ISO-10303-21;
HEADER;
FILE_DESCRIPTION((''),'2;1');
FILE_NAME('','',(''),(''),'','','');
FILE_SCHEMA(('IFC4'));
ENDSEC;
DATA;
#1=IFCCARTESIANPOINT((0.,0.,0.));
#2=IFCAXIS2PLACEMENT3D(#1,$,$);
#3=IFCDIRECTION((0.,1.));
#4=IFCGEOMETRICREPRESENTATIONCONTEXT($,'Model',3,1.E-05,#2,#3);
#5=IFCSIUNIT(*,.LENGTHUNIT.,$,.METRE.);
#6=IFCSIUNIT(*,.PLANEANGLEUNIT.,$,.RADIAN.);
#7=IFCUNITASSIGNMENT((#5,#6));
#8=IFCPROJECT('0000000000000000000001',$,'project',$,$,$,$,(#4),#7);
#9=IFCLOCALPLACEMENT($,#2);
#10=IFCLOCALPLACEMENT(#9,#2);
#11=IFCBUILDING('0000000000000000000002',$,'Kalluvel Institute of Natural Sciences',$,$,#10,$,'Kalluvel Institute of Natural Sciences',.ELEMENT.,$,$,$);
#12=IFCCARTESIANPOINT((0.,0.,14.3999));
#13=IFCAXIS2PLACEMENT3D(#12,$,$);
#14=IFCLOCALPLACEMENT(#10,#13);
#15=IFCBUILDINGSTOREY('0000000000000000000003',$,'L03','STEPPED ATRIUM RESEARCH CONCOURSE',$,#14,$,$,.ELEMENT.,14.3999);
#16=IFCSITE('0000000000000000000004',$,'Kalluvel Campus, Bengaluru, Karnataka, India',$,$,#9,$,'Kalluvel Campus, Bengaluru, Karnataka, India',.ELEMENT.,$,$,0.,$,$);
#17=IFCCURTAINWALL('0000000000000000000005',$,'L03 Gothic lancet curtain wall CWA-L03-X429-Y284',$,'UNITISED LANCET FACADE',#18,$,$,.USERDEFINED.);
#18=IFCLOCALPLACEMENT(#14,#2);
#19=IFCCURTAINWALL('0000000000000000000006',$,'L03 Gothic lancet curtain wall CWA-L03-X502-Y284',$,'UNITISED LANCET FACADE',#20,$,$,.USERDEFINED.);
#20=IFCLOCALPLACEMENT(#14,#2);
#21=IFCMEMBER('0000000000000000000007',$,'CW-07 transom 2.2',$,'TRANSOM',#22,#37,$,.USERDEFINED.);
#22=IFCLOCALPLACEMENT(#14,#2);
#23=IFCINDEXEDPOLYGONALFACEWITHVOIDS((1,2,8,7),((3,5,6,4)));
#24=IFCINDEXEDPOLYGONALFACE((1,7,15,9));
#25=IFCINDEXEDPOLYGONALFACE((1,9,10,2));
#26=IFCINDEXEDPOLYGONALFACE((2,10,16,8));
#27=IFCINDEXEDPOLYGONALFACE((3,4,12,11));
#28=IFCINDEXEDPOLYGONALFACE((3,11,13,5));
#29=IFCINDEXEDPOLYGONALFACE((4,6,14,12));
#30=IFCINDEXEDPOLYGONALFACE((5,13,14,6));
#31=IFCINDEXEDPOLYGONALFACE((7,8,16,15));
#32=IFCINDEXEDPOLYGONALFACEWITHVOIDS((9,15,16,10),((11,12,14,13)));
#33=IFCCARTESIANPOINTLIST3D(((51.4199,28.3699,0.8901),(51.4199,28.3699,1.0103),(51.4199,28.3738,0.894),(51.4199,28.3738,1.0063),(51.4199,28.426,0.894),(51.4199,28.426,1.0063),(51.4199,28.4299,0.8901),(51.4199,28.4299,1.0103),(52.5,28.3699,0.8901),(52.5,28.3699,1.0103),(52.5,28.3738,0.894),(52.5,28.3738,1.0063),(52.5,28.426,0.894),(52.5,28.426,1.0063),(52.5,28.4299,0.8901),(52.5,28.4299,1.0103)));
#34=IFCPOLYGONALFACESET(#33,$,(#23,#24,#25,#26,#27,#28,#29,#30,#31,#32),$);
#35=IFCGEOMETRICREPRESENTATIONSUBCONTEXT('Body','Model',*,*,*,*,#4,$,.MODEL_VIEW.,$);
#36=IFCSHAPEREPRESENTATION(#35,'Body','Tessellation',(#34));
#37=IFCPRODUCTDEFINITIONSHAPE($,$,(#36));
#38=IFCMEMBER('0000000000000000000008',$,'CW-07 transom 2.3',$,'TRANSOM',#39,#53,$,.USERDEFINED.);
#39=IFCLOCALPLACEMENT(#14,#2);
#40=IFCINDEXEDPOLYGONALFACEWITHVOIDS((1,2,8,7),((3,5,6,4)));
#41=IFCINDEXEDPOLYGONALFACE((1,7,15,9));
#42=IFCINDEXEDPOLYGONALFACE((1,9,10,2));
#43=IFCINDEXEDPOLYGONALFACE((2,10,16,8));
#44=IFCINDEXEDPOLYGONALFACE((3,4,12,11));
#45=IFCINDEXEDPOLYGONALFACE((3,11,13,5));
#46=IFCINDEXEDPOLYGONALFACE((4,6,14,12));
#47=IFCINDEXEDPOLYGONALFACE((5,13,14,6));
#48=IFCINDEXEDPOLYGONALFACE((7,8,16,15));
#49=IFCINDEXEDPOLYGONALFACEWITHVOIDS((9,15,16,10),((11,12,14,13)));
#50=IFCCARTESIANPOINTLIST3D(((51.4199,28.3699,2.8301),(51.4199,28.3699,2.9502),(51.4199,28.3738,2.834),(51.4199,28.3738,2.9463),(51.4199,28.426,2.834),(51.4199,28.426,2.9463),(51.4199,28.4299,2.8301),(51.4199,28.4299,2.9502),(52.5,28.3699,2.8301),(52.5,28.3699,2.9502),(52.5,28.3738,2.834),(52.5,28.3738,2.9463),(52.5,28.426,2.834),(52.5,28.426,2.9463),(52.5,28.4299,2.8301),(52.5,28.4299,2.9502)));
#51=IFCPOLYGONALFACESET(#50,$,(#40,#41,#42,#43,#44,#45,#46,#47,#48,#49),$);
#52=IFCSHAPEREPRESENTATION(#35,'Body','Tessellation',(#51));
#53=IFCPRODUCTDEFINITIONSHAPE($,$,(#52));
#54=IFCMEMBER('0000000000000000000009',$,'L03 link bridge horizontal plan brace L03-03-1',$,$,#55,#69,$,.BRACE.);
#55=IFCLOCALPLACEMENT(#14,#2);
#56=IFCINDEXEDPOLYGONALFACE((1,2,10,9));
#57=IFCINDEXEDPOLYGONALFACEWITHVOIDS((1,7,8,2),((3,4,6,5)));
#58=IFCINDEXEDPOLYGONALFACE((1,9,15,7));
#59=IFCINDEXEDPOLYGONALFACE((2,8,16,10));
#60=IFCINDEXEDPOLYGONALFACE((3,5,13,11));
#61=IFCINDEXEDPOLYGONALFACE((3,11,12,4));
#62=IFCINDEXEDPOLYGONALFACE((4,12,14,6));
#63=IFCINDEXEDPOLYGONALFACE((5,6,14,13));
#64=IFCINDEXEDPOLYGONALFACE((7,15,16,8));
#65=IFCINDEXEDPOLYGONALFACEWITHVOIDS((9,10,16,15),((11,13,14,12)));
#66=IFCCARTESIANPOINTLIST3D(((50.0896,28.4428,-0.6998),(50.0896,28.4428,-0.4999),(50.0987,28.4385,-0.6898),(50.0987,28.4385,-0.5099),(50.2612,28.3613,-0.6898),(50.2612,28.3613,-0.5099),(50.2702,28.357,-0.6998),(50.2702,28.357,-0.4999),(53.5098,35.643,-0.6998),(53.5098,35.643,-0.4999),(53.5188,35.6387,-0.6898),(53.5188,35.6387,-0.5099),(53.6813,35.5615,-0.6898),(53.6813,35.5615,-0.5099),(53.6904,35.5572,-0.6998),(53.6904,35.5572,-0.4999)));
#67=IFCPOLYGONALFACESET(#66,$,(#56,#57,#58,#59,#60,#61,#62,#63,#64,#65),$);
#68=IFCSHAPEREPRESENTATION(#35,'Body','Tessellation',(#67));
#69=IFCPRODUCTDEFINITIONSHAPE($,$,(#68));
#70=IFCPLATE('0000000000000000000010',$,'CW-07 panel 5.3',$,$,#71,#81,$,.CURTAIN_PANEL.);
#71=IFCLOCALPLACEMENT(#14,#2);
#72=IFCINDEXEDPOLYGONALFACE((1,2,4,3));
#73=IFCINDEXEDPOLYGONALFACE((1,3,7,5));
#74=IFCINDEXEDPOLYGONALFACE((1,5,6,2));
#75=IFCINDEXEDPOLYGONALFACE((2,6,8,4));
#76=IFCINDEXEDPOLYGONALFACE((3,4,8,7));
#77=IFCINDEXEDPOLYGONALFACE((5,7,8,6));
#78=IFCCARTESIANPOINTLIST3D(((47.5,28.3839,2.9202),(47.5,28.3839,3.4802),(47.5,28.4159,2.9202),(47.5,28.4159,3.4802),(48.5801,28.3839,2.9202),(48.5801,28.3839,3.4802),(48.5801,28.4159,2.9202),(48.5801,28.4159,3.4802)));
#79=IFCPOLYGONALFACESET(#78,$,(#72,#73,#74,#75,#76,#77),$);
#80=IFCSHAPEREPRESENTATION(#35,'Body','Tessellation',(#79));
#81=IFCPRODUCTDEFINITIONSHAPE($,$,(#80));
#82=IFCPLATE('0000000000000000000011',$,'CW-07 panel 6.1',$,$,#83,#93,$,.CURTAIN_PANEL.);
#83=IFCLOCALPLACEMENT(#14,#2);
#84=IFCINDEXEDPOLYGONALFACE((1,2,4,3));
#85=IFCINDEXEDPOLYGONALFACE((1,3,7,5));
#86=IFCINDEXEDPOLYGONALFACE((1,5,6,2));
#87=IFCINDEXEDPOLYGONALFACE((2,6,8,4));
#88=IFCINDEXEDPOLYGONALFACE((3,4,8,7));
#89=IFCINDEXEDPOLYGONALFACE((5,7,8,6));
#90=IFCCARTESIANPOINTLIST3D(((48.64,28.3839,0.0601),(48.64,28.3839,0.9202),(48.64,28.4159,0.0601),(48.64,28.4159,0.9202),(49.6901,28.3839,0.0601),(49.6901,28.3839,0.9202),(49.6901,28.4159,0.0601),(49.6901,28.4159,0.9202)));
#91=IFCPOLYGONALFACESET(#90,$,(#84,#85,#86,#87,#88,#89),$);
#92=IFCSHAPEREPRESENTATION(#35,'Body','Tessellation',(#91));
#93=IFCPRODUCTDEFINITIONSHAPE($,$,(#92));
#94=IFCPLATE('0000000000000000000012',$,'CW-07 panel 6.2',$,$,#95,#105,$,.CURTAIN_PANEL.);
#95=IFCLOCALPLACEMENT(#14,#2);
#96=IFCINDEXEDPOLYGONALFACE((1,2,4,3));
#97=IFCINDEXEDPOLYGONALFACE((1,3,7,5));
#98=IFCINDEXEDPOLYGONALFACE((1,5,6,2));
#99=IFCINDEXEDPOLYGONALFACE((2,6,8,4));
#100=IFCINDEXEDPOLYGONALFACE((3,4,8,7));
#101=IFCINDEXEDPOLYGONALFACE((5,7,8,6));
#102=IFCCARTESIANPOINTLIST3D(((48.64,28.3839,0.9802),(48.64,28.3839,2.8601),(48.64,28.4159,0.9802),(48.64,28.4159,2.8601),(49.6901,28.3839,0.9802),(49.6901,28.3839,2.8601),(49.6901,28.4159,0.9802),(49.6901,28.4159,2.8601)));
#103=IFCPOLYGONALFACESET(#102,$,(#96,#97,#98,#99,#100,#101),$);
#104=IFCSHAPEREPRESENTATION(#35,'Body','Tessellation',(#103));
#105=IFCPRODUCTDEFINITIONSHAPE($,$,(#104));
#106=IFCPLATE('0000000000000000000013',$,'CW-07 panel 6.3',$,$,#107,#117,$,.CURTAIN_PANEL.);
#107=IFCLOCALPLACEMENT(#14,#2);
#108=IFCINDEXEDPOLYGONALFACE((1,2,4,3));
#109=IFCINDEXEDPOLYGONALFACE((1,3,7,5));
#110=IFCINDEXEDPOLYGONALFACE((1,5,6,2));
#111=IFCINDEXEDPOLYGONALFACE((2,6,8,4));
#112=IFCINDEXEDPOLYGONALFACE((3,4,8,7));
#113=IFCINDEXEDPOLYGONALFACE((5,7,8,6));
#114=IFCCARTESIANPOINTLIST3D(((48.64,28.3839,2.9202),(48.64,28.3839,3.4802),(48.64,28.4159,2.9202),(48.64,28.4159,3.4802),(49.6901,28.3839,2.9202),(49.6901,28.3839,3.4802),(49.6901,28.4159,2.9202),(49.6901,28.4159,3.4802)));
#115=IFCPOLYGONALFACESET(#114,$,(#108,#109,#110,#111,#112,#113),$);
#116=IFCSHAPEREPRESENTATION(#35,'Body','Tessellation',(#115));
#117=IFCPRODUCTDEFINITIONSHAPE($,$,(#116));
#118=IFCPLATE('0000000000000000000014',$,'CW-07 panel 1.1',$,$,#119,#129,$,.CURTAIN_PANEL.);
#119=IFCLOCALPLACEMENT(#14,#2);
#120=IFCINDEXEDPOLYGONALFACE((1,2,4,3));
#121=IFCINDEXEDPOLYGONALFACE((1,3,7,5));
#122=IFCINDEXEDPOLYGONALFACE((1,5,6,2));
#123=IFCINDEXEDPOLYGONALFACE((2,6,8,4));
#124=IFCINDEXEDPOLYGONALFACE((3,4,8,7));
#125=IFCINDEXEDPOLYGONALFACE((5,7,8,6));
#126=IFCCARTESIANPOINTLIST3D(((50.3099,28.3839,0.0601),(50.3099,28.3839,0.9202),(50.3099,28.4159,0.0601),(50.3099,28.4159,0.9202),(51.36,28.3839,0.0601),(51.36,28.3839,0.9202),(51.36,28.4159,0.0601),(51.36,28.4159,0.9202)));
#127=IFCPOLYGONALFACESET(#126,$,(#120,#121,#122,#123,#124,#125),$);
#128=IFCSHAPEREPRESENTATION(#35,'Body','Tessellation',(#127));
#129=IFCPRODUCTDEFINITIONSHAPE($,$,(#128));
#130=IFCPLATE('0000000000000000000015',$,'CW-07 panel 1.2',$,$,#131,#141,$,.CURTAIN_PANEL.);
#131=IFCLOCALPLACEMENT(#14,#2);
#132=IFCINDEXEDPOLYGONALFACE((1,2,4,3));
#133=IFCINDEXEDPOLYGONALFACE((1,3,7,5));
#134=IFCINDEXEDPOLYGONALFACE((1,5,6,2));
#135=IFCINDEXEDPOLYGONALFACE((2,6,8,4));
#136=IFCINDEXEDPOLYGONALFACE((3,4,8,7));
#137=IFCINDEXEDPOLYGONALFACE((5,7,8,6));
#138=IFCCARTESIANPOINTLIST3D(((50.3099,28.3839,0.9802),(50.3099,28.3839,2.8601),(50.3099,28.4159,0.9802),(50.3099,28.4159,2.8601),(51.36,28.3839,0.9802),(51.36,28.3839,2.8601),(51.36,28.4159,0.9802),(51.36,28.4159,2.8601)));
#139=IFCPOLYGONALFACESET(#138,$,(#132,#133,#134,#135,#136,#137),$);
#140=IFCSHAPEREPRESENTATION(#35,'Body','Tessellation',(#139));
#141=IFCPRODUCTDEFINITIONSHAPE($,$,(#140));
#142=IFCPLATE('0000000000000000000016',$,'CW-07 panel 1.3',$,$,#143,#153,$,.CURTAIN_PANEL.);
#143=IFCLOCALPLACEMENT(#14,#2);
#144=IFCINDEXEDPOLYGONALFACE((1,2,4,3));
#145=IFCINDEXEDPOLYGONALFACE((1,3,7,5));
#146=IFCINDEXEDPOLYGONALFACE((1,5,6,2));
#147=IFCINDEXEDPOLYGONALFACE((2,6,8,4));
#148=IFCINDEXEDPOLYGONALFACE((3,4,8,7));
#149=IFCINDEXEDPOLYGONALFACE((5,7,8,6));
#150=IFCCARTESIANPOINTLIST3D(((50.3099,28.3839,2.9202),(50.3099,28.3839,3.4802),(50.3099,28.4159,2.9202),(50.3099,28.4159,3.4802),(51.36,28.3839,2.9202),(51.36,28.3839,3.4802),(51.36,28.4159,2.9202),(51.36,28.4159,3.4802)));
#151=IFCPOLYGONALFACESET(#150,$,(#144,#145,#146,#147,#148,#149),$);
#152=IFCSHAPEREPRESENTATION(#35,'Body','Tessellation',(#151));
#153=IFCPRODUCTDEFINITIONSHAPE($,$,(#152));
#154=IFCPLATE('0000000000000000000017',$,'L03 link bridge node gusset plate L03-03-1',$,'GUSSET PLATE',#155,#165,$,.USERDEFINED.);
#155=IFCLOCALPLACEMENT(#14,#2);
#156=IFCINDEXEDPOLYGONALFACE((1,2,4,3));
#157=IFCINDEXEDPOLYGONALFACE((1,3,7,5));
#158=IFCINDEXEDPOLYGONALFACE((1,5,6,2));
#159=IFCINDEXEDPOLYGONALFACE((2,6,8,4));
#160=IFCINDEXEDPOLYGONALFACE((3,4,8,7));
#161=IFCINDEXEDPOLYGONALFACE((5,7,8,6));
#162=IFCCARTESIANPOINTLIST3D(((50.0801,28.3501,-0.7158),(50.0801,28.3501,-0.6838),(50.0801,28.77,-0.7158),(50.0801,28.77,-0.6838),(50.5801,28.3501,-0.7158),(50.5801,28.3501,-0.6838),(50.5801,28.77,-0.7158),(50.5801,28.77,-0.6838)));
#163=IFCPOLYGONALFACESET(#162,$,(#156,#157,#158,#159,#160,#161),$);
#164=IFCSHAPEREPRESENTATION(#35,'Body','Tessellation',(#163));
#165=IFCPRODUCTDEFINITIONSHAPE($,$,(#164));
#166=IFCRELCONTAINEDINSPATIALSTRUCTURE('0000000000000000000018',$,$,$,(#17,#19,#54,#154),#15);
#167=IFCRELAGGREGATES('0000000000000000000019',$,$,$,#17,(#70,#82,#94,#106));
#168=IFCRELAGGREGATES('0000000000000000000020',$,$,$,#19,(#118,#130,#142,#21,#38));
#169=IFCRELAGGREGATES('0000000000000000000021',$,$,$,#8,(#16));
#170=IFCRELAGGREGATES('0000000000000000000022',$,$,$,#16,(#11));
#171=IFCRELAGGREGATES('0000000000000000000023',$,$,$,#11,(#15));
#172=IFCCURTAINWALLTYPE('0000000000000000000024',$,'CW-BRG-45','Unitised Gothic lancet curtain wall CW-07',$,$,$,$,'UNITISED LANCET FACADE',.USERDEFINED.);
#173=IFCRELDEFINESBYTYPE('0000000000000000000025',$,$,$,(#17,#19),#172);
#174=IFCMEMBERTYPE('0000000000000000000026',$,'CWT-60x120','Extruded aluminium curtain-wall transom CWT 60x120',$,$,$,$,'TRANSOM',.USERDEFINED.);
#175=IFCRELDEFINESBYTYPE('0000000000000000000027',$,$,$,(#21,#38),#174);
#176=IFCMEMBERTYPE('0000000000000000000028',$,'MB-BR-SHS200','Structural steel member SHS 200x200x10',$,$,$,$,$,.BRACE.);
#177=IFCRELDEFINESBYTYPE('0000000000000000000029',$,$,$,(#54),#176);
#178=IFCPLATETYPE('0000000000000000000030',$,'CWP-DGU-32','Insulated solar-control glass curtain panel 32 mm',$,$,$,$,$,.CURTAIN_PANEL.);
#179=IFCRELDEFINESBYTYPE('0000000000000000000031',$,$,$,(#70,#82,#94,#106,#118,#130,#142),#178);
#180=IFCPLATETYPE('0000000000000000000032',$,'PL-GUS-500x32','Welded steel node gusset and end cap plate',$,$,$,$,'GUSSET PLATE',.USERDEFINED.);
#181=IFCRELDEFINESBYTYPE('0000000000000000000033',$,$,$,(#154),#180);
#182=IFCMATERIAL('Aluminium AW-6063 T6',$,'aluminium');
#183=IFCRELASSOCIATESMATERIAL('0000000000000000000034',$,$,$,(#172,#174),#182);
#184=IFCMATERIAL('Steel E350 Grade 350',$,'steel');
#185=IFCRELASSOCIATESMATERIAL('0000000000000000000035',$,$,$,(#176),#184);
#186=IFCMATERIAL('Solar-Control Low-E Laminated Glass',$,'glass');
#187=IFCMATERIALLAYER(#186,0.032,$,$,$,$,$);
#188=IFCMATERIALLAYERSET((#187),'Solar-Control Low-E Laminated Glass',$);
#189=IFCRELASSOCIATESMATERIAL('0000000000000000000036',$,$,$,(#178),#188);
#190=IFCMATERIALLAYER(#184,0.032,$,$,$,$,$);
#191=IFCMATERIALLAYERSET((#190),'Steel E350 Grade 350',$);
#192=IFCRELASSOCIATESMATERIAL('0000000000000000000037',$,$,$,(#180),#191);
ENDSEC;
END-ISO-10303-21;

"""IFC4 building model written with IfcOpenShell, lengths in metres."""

from ifc_helpers import new_model, si_unit, direction, frame, origin, origin_2d, place, context, subcontext, project, spatial, rectangle, hollow_rectangle, extrude, material, layer, layer_set, material_profile, profile_set, type_object, element, aggregate, save


model = new_model("IFC4")

# Units and contexts
model_context = context("Model", 3, precision=1e-05, world=origin(), true_north=direction((0.0, 1.0)))
body_context = subcontext(model_context, "Body", "Model", "MODEL_VIEW")
ifc_project = project(units=[si_unit("LENGTHUNIT", "METRE"), si_unit("PLANEANGLEUNIT", "RADIAN")], contexts=[model_context])

# Site, building, storey
site_placement = place(None, origin())
site = spatial("IfcSite", under=ifc_project, at=site_placement, Name="Kalluvel Campus, Bengaluru, Karnataka, India", LongName="Kalluvel Campus, Bengaluru, Karnataka, India", CompositionType="ELEMENT", RefElevation=0.0)
building_placement = place(site_placement, origin())
building = spatial("IfcBuilding", under=site, at=building_placement, Name="Kalluvel Institute of Natural Sciences", LongName="Kalluvel Institute of Natural Sciences", CompositionType="ELEMENT")
storey_placement = place(building_placement, frame((0.0, 0.0, 14.3999)))
storey = spatial("IfcBuildingStorey", under=building, at=storey_placement, Name="L03", Description="STEPPED ATRIUM RESEARCH CONCOURSE", CompositionType="ELEMENT", Elevation=14.3999)

# Shared definitions
ifc_material_1 = material(Name="Steel E350 Grade 350", Category="steel")

# Curtain walls
ifc_material_2 = material(Name="Aluminium AW-6063 T6", Category="aluminium")
curtain_wall_type = type_object("IfcCurtainWallType", Name="CW-BRG-45", Description="Unitised Gothic lancet curtain wall CW-07", ElementType="UNITISED LANCET FACADE", PredefinedType="USERDEFINED", material=ifc_material_2)
curtain_wall_1_placement = place(storey_placement, origin())
curtain_wall_1 = element("IfcCurtainWall", 1, at=curtain_wall_1_placement, inside=storey, type_object=curtain_wall_type, Name="L03 Gothic lancet curtain wall CWA-L03-X429-Y284", ObjectType="UNITISED LANCET FACADE", PredefinedType="USERDEFINED")
curtain_wall_2_placement = place(storey_placement, origin())
curtain_wall_2 = element("IfcCurtainWall", 2, at=curtain_wall_2_placement, inside=storey, type_object=curtain_wall_type, Name="L03 Gothic lancet curtain wall CWA-L03-X502-Y284", ObjectType="UNITISED LANCET FACADE", PredefinedType="USERDEFINED")

# Members
ifc_material_profile_1 = material_profile(ifc_material_2, hollow_rectangle(XDim=0.0601, YDim=0.1201, WallThickness=0.0039, at=origin_2d()), Name="CWT 60x120")
ifc_profile_set_1 = profile_set([ifc_material_profile_1], Name="Aluminium AW-6063 T6")
member_type_1 = type_object("IfcMemberType", Name="CWT-60x120", Description="Extruded aluminium curtain-wall transom CWT 60x120", ElementType="TRANSOM", PredefinedType="USERDEFINED", material=ifc_profile_set_1)
member_1_placement = place(storey_placement, frame((51.4199, 28.3999, 0.9502), z_axis=(1.0, 0.0, 0.0), x_axis=(0.0, 1.0, 0.0)))
member_1 = element("IfcMember", 3, at=member_1_placement, type_object=member_type_1, Name="CW-07 transom 2.2", ObjectType="TRANSOM", PredefinedType="USERDEFINED", context=body_context, shape_type="SweptSolid", body=[
    extrude(hollow_rectangle(XDim=0.0601, YDim=0.1201, WallThickness=0.0039, at=origin_2d()), origin(), (0.0, 0.0, 1.0), 1.0801),
])
member_2_placement = place(storey_placement, frame((51.4199, 28.3999, 2.8901), z_axis=(1.0, 0.0, 0.0), x_axis=(0.0, 1.0, 0.0)))
member_2 = element("IfcMember", 4, at=member_2_placement, type_object=member_type_1, Name="CW-07 transom 2.3", ObjectType="TRANSOM", PredefinedType="USERDEFINED", context=body_context, shape_type="SweptSolid", body=[
    extrude(hollow_rectangle(XDim=0.0601, YDim=0.1201, WallThickness=0.0039, at=origin_2d()), origin(), (0.0, 0.0, 1.0), 1.0801),
])
ifc_material_profile_2 = material_profile(ifc_material_1, hollow_rectangle(XDim=0.2, YDim=0.2, WallThickness=0.01, at=origin_2d()), Name="SHS 200x200x10")
ifc_profile_set_2 = profile_set([ifc_material_profile_2], Name="Steel E350 Grade 350")
member_type_2 = type_object("IfcMemberType", Name="MB-BR-SHS200", Description="Structural steel member SHS 200x200x10", PredefinedType="BRACE", material=ifc_profile_set_2)
member_3_placement = place(storey_placement, frame((50.1799, 28.3999, -0.5999), z_axis=(0.429064, 0.903274, 0.0), x_axis=(-0.903274, 0.429064, 0.0)))
element("IfcMember", 5, at=member_3_placement, inside=storey, type_object=member_type_2, Name="L03 link bridge horizontal plan brace L03-03-1", PredefinedType="BRACE", context=body_context, shape_type="SweptSolid", body=[
    extrude(hollow_rectangle(XDim=0.2, YDim=0.2, WallThickness=0.01, at=origin_2d()), origin(), (0.0, 0.0, 1.0), 7.9712),
])

# Plates
ifc_material_3 = material(Name="Solar-Control Low-E Laminated Glass", Category="glass")
ifc_layer_1 = layer(ifc_material_3, 0.032)
ifc_layer_set_1 = layer_set([ifc_layer_1], Name="Solar-Control Low-E Laminated Glass")
plate_type_1 = type_object("IfcPlateType", Name="CWP-DGU-32", Description="Insulated solar-control glass curtain panel 32 mm", PredefinedType="CURTAIN_PANEL", material=ifc_layer_set_1)
plate_1_placement = place(storey_placement, frame((48.04, 28.3999, 2.9202), z_axis=(0.0, 0.0, 1.0), x_axis=(1.0, 0.0, 0.0)))
plate_1 = element("IfcPlate", 6, at=plate_1_placement, type_object=plate_type_1, Name="CW-07 panel 5.3", PredefinedType="CURTAIN_PANEL", context=body_context, shape_type="SweptSolid", body=[
    extrude(rectangle(XDim=1.0801, YDim=0.032, at=origin_2d()), origin(), (0.0, 0.0, 1.0), 0.5601),
])
plate_2_placement = place(storey_placement, frame((49.165, 28.3999, 0.0601), z_axis=(0.0, 0.0, 1.0), x_axis=(1.0, 0.0, 0.0)))
plate_2 = element("IfcPlate", 7, at=plate_2_placement, type_object=plate_type_1, Name="CW-07 panel 6.1", PredefinedType="CURTAIN_PANEL", context=body_context, shape_type="SweptSolid", body=[
    extrude(rectangle(XDim=1.05, YDim=0.032, at=origin_2d()), origin(), (0.0, 0.0, 1.0), 0.8601),
])
plate_3_placement = place(storey_placement, frame((49.165, 28.3999, 0.9802), z_axis=(0.0, 0.0, 1.0), x_axis=(1.0, 0.0, 0.0)))
plate_3 = element("IfcPlate", 8, at=plate_3_placement, type_object=plate_type_1, Name="CW-07 panel 6.2", PredefinedType="CURTAIN_PANEL", context=body_context, shape_type="SweptSolid", body=[
    extrude(rectangle(XDim=1.05, YDim=0.032, at=origin_2d()), origin(), (0.0, 0.0, 1.0), 1.8799),
])
plate_4_placement = place(storey_placement, frame((49.165, 28.3999, 2.9202), z_axis=(0.0, 0.0, 1.0), x_axis=(1.0, 0.0, 0.0)))
plate_4 = element("IfcPlate", 9, at=plate_4_placement, type_object=plate_type_1, Name="CW-07 panel 6.3", PredefinedType="CURTAIN_PANEL", context=body_context, shape_type="SweptSolid", body=[
    extrude(rectangle(XDim=1.05, YDim=0.032, at=origin_2d()), origin(), (0.0, 0.0, 1.0), 0.5601),
])
aggregate(curtain_wall_1, [plate_1, plate_2, plate_3, plate_4])
plate_5_placement = place(storey_placement, frame((50.835, 28.3999, 0.0601), z_axis=(0.0, 0.0, 1.0), x_axis=(1.0, 0.0, 0.0)))
plate_5 = element("IfcPlate", 10, at=plate_5_placement, type_object=plate_type_1, Name="CW-07 panel 1.1", PredefinedType="CURTAIN_PANEL", context=body_context, shape_type="SweptSolid", body=[
    extrude(rectangle(XDim=1.05, YDim=0.032, at=origin_2d()), origin(), (0.0, 0.0, 1.0), 0.8601),
])
plate_6_placement = place(storey_placement, frame((50.835, 28.3999, 0.9802), z_axis=(0.0, 0.0, 1.0), x_axis=(1.0, 0.0, 0.0)))
plate_6 = element("IfcPlate", 11, at=plate_6_placement, type_object=plate_type_1, Name="CW-07 panel 1.2", PredefinedType="CURTAIN_PANEL", context=body_context, shape_type="SweptSolid", body=[
    extrude(rectangle(XDim=1.05, YDim=0.032, at=origin_2d()), origin(), (0.0, 0.0, 1.0), 1.8799),
])
plate_7_placement = place(storey_placement, frame((50.835, 28.3999, 2.9202), z_axis=(0.0, 0.0, 1.0), x_axis=(1.0, 0.0, 0.0)))
plate_7 = element("IfcPlate", 12, at=plate_7_placement, type_object=plate_type_1, Name="CW-07 panel 1.3", PredefinedType="CURTAIN_PANEL", context=body_context, shape_type="SweptSolid", body=[
    extrude(rectangle(XDim=1.05, YDim=0.032, at=origin_2d()), origin(), (0.0, 0.0, 1.0), 0.5601),
])
aggregate(curtain_wall_2, [plate_5, plate_6, plate_7, member_1, member_2])
ifc_layer_2 = layer(ifc_material_1, 0.032)
ifc_layer_set_2 = layer_set([ifc_layer_2], Name="Steel E350 Grade 350")
plate_type_2 = type_object("IfcPlateType", Name="PL-GUS-500x32", Description="Welded steel node gusset and end cap plate", ElementType="GUSSET PLATE", PredefinedType="USERDEFINED", material=ifc_layer_set_2)
plate_8_placement = place(storey_placement, frame((50.3301, 28.5601, -0.7158), z_axis=(0.0, 0.0, 1.0), x_axis=(1.0, 0.0, 0.0)))
element("IfcPlate", 13, at=plate_8_placement, inside=storey, type_object=plate_type_2, Name="L03 link bridge node gusset plate L03-03-1", ObjectType="GUSSET PLATE", PredefinedType="USERDEFINED", context=body_context, shape_type="SweptSolid", body=[
    extrude(rectangle(XDim=0.5, YDim=0.4199, at=origin_2d()), origin(), (0.0, 0.0, 1.0), 0.032),
])

save(model, "model.ifc")
